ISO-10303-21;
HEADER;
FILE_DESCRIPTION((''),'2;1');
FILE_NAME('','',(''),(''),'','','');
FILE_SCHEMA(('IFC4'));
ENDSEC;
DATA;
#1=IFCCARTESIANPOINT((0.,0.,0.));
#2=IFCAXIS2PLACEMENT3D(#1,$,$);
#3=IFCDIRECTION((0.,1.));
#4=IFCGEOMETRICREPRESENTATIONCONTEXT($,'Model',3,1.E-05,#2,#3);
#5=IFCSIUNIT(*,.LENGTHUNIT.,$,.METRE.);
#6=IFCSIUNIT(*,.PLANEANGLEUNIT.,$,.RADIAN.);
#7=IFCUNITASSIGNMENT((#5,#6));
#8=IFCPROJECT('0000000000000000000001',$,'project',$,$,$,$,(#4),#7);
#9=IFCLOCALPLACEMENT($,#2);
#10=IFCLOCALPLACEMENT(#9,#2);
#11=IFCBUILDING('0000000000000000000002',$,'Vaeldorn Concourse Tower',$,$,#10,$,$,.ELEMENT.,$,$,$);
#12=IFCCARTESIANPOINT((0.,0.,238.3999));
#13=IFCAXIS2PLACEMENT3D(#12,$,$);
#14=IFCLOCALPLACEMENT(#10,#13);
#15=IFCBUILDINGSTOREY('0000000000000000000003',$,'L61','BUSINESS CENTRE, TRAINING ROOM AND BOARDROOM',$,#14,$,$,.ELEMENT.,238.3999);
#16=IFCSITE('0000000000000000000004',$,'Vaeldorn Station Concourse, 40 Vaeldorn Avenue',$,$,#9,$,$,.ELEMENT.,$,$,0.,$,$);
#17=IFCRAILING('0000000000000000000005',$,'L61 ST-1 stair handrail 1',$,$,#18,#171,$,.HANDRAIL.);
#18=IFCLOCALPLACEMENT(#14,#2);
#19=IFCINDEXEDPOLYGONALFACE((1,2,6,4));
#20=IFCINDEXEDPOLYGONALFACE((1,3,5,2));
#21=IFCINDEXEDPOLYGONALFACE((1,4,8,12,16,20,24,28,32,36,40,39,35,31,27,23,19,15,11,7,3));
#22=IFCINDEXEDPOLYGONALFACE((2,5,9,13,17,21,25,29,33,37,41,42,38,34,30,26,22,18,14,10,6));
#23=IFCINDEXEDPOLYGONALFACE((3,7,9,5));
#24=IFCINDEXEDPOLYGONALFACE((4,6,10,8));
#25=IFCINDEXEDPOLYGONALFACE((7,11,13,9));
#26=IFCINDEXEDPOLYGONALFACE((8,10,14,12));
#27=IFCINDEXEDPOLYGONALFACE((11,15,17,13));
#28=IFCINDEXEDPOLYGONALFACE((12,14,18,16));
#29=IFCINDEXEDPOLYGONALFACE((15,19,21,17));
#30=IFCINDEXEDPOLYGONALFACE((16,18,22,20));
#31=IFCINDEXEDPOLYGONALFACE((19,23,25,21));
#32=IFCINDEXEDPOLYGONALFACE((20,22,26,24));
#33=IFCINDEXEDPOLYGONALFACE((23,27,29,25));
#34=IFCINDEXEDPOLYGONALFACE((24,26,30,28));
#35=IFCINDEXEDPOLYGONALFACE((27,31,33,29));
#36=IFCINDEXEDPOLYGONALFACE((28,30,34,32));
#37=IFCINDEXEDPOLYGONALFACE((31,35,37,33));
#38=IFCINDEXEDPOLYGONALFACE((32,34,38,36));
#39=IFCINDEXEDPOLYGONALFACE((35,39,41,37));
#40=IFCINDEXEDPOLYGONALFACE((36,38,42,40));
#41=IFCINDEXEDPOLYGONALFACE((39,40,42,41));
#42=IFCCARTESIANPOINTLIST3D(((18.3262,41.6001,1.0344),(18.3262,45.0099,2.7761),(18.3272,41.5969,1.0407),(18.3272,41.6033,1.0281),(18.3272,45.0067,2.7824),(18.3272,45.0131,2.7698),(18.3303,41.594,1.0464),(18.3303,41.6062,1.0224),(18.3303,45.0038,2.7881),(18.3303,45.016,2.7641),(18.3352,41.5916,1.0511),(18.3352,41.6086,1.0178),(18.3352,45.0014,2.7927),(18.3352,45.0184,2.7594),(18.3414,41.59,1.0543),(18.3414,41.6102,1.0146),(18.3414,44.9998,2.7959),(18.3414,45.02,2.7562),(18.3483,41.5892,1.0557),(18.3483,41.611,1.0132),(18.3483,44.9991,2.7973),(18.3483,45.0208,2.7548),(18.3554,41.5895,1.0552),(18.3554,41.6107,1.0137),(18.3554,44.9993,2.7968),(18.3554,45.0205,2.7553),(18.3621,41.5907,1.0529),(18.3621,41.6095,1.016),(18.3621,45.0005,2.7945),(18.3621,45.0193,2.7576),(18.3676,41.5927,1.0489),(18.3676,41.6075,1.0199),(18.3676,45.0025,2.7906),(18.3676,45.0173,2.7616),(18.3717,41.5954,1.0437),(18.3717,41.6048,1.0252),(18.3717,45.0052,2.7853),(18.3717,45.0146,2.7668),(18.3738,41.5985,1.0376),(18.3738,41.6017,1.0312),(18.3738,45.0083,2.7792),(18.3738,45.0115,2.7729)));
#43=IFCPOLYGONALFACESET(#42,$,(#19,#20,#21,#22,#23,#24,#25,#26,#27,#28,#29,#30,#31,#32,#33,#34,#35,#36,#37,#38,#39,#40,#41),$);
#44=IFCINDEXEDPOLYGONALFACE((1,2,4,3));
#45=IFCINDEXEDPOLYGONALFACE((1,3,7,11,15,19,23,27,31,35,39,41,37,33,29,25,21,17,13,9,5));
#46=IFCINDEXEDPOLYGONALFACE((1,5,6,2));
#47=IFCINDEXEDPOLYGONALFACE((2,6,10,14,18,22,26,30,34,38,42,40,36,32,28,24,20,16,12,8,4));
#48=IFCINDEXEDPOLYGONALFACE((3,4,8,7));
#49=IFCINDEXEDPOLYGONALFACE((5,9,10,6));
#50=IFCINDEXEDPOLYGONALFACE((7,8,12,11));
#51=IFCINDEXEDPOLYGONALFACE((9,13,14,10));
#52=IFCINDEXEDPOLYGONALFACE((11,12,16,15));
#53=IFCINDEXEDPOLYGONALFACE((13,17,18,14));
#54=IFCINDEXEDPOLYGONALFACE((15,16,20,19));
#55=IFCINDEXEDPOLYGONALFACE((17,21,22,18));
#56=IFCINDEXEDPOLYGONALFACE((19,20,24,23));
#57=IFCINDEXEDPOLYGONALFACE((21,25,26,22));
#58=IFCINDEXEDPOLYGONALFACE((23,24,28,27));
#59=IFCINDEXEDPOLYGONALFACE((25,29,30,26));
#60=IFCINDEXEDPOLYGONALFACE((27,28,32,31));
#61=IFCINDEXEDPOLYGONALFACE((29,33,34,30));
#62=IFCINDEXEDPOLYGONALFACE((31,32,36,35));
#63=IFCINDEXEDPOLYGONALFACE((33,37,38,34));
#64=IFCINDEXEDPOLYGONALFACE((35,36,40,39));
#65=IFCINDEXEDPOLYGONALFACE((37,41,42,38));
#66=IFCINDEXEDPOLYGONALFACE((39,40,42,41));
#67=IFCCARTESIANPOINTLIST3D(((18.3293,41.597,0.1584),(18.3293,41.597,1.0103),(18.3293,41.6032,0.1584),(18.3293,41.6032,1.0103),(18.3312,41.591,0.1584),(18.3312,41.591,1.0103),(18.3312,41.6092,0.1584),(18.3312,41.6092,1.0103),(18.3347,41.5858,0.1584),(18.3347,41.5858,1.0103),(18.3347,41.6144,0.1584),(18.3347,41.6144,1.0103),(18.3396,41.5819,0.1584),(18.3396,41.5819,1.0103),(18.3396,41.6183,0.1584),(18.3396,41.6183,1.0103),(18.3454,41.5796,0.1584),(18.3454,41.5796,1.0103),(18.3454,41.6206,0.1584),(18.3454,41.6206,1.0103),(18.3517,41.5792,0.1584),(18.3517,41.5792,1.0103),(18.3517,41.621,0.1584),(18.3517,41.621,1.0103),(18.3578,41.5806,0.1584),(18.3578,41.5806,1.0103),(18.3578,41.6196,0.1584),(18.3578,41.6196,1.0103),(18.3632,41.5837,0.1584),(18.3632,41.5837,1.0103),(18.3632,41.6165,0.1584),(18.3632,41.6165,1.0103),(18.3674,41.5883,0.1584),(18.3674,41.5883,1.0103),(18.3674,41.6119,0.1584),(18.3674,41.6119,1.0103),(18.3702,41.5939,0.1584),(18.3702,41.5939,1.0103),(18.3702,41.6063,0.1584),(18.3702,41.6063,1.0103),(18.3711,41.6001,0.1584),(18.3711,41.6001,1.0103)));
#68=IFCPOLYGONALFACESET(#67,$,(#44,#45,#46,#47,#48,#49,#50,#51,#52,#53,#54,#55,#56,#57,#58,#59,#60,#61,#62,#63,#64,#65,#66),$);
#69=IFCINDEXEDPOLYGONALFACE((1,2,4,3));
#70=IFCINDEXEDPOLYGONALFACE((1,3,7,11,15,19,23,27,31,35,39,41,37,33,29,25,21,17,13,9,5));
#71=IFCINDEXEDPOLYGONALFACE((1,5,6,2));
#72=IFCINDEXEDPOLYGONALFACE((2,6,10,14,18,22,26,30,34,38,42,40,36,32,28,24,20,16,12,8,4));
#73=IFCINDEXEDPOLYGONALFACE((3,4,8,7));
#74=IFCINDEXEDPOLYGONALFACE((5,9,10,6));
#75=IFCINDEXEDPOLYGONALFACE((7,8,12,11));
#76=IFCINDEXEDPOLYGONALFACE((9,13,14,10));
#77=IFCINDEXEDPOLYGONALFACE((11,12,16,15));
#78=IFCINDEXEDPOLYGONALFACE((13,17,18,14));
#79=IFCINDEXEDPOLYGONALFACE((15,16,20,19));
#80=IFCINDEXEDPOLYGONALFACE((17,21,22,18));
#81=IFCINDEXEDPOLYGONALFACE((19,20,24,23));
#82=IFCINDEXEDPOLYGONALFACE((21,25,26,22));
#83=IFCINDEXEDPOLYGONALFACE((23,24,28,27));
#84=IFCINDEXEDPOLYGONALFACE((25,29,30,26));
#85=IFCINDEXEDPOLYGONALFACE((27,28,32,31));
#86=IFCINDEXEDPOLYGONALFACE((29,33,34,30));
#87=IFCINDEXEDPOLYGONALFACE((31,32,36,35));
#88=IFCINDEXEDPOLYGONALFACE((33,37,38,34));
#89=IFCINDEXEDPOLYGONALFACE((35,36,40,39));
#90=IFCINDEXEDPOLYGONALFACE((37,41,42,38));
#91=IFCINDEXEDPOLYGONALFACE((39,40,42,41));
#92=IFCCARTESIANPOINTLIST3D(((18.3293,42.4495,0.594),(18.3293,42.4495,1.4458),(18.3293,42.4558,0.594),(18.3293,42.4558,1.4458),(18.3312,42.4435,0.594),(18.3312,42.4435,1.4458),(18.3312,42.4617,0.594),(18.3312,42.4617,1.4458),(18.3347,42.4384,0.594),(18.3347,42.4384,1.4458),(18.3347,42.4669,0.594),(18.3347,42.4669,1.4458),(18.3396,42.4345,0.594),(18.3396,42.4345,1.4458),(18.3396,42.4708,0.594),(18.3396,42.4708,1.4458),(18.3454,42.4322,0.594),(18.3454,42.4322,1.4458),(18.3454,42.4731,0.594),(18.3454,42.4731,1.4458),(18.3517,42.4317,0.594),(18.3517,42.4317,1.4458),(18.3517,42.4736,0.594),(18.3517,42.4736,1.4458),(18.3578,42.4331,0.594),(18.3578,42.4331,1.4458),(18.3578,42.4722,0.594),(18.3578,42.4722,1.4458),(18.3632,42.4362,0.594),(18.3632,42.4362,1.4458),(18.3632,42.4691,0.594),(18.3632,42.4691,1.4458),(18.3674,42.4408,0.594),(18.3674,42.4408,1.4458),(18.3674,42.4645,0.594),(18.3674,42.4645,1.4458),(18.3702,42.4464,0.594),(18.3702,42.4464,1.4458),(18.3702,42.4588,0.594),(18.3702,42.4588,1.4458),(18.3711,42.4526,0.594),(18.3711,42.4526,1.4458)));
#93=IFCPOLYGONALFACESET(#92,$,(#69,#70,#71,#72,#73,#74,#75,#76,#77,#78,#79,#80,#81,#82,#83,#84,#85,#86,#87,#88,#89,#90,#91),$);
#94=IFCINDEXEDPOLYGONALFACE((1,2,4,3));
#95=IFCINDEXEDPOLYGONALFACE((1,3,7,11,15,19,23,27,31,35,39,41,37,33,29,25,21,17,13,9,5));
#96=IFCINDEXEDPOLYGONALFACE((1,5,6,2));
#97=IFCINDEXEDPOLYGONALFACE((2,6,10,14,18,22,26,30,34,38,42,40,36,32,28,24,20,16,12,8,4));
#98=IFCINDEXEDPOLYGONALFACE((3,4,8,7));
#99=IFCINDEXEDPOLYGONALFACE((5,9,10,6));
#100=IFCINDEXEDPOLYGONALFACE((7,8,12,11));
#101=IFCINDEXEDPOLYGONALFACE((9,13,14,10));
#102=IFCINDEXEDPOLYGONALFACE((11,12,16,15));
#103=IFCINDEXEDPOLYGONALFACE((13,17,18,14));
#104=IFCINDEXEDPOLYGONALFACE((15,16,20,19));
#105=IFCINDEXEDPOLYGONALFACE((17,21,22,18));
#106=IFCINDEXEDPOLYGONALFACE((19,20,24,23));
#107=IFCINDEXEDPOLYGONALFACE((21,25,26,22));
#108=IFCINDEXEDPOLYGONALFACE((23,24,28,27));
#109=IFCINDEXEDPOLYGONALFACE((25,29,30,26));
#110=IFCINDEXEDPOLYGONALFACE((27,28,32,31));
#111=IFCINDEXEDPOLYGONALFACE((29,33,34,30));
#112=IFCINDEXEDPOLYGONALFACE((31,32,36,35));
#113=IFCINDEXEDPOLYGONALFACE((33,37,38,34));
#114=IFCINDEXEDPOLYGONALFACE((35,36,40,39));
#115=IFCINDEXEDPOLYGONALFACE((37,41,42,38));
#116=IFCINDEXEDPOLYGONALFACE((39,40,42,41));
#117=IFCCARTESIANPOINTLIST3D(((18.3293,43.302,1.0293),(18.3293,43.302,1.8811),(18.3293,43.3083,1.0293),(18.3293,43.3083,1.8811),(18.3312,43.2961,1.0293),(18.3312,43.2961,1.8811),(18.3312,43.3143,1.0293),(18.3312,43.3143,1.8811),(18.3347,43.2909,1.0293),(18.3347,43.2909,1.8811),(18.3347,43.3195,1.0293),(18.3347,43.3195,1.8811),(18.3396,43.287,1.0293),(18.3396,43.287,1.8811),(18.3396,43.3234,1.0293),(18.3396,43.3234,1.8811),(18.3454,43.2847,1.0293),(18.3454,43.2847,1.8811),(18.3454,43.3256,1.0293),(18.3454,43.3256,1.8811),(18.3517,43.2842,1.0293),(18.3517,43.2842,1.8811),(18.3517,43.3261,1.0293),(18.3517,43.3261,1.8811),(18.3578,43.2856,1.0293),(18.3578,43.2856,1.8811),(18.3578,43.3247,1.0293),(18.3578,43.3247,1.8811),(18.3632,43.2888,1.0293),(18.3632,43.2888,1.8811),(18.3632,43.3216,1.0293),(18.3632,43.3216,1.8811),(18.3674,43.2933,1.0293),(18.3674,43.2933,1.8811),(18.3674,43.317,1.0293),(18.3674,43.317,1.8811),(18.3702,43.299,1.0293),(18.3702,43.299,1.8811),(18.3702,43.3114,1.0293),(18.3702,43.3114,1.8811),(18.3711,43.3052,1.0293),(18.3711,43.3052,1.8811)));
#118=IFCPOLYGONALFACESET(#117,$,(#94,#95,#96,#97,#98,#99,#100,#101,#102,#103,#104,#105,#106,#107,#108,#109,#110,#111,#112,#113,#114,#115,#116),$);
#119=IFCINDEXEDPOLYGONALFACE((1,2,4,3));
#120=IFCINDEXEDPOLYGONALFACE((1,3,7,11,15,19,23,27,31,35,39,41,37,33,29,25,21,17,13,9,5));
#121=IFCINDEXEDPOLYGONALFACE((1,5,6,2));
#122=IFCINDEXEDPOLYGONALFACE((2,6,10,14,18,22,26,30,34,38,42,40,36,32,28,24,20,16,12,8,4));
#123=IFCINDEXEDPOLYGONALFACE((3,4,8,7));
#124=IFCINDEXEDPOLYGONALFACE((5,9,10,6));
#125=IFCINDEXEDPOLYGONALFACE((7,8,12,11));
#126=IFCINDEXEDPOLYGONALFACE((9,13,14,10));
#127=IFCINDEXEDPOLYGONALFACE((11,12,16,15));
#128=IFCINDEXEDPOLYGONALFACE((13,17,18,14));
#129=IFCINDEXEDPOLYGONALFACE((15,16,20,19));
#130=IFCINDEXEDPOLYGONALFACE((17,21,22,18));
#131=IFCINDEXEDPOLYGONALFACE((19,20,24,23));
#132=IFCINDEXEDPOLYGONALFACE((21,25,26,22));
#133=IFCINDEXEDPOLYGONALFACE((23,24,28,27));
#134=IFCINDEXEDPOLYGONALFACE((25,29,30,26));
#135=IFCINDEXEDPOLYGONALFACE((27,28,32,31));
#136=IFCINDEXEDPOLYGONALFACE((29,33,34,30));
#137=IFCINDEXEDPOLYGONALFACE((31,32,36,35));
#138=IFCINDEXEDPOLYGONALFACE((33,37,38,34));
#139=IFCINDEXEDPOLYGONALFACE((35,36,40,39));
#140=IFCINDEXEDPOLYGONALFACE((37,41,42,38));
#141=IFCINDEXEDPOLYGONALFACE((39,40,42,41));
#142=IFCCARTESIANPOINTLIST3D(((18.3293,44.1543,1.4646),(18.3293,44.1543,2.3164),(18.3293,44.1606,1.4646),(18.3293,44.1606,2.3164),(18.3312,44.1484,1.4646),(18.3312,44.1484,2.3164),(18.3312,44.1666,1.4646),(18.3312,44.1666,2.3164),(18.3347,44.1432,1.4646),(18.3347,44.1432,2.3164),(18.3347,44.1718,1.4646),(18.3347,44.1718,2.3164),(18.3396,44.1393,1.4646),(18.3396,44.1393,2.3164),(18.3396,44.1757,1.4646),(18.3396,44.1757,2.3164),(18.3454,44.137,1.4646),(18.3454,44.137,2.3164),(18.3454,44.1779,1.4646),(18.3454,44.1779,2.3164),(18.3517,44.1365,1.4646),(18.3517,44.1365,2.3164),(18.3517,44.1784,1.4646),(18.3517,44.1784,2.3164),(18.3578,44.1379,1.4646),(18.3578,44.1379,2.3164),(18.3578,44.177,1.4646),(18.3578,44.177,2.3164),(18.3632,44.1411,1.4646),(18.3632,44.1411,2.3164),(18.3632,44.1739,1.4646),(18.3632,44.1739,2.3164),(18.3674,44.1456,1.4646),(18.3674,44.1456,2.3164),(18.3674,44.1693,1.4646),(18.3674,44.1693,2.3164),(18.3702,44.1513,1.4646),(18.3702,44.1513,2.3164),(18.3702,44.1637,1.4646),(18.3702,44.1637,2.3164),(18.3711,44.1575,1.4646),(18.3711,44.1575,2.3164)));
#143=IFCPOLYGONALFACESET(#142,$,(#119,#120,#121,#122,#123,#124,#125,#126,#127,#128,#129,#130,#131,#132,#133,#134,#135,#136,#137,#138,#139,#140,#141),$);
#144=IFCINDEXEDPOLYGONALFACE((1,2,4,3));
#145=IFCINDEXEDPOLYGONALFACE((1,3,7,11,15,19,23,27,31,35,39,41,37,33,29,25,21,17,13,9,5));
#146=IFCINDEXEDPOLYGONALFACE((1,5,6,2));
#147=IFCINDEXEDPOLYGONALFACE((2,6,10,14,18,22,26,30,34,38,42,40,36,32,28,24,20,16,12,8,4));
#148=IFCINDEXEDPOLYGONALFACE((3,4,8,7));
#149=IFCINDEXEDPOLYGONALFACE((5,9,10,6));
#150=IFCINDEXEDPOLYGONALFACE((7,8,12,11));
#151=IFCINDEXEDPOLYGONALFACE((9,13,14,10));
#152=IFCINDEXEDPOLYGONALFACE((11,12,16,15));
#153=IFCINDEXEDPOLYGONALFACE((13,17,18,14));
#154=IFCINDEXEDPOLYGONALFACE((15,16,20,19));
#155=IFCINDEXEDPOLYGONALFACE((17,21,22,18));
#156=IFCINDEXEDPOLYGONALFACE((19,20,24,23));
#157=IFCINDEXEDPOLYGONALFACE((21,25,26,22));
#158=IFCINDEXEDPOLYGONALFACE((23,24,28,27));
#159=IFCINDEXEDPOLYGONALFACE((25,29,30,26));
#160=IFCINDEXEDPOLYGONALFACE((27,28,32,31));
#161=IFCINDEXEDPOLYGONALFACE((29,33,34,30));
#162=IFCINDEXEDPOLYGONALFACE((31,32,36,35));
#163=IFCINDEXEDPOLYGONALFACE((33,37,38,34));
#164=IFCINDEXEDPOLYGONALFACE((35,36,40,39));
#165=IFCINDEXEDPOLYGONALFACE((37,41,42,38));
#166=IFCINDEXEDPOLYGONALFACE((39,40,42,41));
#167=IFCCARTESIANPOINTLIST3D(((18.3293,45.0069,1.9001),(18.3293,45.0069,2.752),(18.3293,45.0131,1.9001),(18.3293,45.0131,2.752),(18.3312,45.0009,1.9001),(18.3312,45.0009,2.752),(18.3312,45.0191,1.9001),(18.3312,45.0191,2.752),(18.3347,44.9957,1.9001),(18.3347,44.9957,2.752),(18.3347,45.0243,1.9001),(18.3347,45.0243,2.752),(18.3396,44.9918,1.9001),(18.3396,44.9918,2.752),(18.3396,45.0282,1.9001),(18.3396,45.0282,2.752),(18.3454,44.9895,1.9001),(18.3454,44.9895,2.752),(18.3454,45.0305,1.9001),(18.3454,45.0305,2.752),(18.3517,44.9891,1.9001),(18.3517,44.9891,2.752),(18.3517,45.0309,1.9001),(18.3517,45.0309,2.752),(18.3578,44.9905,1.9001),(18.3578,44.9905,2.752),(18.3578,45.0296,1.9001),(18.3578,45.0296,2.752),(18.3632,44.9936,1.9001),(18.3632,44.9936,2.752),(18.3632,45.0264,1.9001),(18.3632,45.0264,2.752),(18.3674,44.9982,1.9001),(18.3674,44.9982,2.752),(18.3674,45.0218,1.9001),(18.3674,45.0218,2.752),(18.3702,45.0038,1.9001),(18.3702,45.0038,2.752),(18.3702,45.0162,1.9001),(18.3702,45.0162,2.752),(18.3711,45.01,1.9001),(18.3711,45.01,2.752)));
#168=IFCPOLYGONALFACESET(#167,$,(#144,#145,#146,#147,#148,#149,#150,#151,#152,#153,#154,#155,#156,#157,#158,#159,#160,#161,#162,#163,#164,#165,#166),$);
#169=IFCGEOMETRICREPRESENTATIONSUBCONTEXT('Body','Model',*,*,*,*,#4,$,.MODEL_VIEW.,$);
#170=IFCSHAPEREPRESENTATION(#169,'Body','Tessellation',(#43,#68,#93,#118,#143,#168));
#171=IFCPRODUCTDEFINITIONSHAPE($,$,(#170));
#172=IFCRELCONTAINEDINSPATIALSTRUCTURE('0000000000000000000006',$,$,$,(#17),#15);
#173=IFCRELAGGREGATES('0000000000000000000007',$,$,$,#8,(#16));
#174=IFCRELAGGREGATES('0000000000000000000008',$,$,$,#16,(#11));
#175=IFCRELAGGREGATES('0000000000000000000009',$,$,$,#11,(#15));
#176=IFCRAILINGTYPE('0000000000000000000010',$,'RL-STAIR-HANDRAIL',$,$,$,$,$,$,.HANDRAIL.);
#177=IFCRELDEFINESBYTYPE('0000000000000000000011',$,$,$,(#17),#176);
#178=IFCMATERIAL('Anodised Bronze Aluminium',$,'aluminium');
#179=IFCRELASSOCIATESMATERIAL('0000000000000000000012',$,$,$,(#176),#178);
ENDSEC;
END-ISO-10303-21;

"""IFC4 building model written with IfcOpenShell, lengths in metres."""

from ifc_helpers import new_model, si_unit, direction, frame, origin, origin_2d, place, context, subcontext, project, spatial, circle, extrude, material, type_object, element, save


model = new_model("IFC4")

# Units and contexts
model_context = context("Model", 3, precision=1e-05, world=origin(), true_north=direction((0.0, 1.0)))
body_context = subcontext(model_context, "Body", "Model", "MODEL_VIEW")
ifc_project = project(units=[si_unit("LENGTHUNIT", "METRE"), si_unit("PLANEANGLEUNIT", "RADIAN")], contexts=[model_context])

# Site, building, storey
site_placement = place(None, origin())
site = spatial("IfcSite", under=ifc_project, at=site_placement, Name="Vaeldorn Station Concourse, 40 Vaeldorn Avenue", CompositionType="ELEMENT", RefElevation=0.0)
building_placement = place(site_placement, origin())
building = spatial("IfcBuilding", under=site, at=building_placement, Name="Vaeldorn Concourse Tower", CompositionType="ELEMENT")
storey_placement = place(building_placement, frame((0.0, 0.0, 238.3999)))
storey = spatial("IfcBuildingStorey", under=building, at=storey_placement, Name="L61", Description="BUSINESS CENTRE, TRAINING ROOM AND BOARDROOM", CompositionType="ELEMENT", Elevation=238.3999)

# Shared definitions
ifc_material_1 = material(Name="Anodised Bronze Aluminium", Category="aluminium")

# Railing
railing_type_1 = type_object("IfcRailingType", Name="RL-STAIR-HANDRAIL", PredefinedType="HANDRAIL", material=ifc_material_1)
railing_1_placement = place(storey_placement, frame((18.3501, 41.6001, 0.1584)))
element("IfcRailing", 1, at=railing_1_placement, inside=storey, type_object=railing_type_1, Name="L61 ST-1 stair handrail 1", PredefinedType="HANDRAIL", context=body_context, shape_type="SweptSolid", body=[
    extrude(circle(Radius=0.0239, at=origin_2d()), frame((0.0, 0.0, 0.876), z_axis=(0.0, 0.890556, 0.454874), x_axis=(-1.0, 0.0, 0.0)), (0.0, 0.0, 1.0), 3.8289),
    extrude(circle(Radius=0.021, at=origin_2d()), origin(), (0.0, 0.0, 1.0), 0.8518),
    extrude(circle(Radius=0.021, at=origin_2d()), frame((0.0, 0.8525, 0.4355)), (0.0, 0.0, 1.0), 0.8518),
    extrude(circle(Radius=0.021, at=origin_2d()), frame((0.0, 1.7051, 0.8708)), (0.0, 0.0, 1.0), 0.8518),
    extrude(circle(Radius=0.021, at=origin_2d()), frame((0.0, 2.5574, 1.3062)), (0.0, 0.0, 1.0), 0.8518),
    extrude(circle(Radius=0.021, at=origin_2d()), frame((0.0, 3.4099, 1.7417)), (0.0, 0.0, 1.0), 0.8518),
])

save(model, "model.ifc")
